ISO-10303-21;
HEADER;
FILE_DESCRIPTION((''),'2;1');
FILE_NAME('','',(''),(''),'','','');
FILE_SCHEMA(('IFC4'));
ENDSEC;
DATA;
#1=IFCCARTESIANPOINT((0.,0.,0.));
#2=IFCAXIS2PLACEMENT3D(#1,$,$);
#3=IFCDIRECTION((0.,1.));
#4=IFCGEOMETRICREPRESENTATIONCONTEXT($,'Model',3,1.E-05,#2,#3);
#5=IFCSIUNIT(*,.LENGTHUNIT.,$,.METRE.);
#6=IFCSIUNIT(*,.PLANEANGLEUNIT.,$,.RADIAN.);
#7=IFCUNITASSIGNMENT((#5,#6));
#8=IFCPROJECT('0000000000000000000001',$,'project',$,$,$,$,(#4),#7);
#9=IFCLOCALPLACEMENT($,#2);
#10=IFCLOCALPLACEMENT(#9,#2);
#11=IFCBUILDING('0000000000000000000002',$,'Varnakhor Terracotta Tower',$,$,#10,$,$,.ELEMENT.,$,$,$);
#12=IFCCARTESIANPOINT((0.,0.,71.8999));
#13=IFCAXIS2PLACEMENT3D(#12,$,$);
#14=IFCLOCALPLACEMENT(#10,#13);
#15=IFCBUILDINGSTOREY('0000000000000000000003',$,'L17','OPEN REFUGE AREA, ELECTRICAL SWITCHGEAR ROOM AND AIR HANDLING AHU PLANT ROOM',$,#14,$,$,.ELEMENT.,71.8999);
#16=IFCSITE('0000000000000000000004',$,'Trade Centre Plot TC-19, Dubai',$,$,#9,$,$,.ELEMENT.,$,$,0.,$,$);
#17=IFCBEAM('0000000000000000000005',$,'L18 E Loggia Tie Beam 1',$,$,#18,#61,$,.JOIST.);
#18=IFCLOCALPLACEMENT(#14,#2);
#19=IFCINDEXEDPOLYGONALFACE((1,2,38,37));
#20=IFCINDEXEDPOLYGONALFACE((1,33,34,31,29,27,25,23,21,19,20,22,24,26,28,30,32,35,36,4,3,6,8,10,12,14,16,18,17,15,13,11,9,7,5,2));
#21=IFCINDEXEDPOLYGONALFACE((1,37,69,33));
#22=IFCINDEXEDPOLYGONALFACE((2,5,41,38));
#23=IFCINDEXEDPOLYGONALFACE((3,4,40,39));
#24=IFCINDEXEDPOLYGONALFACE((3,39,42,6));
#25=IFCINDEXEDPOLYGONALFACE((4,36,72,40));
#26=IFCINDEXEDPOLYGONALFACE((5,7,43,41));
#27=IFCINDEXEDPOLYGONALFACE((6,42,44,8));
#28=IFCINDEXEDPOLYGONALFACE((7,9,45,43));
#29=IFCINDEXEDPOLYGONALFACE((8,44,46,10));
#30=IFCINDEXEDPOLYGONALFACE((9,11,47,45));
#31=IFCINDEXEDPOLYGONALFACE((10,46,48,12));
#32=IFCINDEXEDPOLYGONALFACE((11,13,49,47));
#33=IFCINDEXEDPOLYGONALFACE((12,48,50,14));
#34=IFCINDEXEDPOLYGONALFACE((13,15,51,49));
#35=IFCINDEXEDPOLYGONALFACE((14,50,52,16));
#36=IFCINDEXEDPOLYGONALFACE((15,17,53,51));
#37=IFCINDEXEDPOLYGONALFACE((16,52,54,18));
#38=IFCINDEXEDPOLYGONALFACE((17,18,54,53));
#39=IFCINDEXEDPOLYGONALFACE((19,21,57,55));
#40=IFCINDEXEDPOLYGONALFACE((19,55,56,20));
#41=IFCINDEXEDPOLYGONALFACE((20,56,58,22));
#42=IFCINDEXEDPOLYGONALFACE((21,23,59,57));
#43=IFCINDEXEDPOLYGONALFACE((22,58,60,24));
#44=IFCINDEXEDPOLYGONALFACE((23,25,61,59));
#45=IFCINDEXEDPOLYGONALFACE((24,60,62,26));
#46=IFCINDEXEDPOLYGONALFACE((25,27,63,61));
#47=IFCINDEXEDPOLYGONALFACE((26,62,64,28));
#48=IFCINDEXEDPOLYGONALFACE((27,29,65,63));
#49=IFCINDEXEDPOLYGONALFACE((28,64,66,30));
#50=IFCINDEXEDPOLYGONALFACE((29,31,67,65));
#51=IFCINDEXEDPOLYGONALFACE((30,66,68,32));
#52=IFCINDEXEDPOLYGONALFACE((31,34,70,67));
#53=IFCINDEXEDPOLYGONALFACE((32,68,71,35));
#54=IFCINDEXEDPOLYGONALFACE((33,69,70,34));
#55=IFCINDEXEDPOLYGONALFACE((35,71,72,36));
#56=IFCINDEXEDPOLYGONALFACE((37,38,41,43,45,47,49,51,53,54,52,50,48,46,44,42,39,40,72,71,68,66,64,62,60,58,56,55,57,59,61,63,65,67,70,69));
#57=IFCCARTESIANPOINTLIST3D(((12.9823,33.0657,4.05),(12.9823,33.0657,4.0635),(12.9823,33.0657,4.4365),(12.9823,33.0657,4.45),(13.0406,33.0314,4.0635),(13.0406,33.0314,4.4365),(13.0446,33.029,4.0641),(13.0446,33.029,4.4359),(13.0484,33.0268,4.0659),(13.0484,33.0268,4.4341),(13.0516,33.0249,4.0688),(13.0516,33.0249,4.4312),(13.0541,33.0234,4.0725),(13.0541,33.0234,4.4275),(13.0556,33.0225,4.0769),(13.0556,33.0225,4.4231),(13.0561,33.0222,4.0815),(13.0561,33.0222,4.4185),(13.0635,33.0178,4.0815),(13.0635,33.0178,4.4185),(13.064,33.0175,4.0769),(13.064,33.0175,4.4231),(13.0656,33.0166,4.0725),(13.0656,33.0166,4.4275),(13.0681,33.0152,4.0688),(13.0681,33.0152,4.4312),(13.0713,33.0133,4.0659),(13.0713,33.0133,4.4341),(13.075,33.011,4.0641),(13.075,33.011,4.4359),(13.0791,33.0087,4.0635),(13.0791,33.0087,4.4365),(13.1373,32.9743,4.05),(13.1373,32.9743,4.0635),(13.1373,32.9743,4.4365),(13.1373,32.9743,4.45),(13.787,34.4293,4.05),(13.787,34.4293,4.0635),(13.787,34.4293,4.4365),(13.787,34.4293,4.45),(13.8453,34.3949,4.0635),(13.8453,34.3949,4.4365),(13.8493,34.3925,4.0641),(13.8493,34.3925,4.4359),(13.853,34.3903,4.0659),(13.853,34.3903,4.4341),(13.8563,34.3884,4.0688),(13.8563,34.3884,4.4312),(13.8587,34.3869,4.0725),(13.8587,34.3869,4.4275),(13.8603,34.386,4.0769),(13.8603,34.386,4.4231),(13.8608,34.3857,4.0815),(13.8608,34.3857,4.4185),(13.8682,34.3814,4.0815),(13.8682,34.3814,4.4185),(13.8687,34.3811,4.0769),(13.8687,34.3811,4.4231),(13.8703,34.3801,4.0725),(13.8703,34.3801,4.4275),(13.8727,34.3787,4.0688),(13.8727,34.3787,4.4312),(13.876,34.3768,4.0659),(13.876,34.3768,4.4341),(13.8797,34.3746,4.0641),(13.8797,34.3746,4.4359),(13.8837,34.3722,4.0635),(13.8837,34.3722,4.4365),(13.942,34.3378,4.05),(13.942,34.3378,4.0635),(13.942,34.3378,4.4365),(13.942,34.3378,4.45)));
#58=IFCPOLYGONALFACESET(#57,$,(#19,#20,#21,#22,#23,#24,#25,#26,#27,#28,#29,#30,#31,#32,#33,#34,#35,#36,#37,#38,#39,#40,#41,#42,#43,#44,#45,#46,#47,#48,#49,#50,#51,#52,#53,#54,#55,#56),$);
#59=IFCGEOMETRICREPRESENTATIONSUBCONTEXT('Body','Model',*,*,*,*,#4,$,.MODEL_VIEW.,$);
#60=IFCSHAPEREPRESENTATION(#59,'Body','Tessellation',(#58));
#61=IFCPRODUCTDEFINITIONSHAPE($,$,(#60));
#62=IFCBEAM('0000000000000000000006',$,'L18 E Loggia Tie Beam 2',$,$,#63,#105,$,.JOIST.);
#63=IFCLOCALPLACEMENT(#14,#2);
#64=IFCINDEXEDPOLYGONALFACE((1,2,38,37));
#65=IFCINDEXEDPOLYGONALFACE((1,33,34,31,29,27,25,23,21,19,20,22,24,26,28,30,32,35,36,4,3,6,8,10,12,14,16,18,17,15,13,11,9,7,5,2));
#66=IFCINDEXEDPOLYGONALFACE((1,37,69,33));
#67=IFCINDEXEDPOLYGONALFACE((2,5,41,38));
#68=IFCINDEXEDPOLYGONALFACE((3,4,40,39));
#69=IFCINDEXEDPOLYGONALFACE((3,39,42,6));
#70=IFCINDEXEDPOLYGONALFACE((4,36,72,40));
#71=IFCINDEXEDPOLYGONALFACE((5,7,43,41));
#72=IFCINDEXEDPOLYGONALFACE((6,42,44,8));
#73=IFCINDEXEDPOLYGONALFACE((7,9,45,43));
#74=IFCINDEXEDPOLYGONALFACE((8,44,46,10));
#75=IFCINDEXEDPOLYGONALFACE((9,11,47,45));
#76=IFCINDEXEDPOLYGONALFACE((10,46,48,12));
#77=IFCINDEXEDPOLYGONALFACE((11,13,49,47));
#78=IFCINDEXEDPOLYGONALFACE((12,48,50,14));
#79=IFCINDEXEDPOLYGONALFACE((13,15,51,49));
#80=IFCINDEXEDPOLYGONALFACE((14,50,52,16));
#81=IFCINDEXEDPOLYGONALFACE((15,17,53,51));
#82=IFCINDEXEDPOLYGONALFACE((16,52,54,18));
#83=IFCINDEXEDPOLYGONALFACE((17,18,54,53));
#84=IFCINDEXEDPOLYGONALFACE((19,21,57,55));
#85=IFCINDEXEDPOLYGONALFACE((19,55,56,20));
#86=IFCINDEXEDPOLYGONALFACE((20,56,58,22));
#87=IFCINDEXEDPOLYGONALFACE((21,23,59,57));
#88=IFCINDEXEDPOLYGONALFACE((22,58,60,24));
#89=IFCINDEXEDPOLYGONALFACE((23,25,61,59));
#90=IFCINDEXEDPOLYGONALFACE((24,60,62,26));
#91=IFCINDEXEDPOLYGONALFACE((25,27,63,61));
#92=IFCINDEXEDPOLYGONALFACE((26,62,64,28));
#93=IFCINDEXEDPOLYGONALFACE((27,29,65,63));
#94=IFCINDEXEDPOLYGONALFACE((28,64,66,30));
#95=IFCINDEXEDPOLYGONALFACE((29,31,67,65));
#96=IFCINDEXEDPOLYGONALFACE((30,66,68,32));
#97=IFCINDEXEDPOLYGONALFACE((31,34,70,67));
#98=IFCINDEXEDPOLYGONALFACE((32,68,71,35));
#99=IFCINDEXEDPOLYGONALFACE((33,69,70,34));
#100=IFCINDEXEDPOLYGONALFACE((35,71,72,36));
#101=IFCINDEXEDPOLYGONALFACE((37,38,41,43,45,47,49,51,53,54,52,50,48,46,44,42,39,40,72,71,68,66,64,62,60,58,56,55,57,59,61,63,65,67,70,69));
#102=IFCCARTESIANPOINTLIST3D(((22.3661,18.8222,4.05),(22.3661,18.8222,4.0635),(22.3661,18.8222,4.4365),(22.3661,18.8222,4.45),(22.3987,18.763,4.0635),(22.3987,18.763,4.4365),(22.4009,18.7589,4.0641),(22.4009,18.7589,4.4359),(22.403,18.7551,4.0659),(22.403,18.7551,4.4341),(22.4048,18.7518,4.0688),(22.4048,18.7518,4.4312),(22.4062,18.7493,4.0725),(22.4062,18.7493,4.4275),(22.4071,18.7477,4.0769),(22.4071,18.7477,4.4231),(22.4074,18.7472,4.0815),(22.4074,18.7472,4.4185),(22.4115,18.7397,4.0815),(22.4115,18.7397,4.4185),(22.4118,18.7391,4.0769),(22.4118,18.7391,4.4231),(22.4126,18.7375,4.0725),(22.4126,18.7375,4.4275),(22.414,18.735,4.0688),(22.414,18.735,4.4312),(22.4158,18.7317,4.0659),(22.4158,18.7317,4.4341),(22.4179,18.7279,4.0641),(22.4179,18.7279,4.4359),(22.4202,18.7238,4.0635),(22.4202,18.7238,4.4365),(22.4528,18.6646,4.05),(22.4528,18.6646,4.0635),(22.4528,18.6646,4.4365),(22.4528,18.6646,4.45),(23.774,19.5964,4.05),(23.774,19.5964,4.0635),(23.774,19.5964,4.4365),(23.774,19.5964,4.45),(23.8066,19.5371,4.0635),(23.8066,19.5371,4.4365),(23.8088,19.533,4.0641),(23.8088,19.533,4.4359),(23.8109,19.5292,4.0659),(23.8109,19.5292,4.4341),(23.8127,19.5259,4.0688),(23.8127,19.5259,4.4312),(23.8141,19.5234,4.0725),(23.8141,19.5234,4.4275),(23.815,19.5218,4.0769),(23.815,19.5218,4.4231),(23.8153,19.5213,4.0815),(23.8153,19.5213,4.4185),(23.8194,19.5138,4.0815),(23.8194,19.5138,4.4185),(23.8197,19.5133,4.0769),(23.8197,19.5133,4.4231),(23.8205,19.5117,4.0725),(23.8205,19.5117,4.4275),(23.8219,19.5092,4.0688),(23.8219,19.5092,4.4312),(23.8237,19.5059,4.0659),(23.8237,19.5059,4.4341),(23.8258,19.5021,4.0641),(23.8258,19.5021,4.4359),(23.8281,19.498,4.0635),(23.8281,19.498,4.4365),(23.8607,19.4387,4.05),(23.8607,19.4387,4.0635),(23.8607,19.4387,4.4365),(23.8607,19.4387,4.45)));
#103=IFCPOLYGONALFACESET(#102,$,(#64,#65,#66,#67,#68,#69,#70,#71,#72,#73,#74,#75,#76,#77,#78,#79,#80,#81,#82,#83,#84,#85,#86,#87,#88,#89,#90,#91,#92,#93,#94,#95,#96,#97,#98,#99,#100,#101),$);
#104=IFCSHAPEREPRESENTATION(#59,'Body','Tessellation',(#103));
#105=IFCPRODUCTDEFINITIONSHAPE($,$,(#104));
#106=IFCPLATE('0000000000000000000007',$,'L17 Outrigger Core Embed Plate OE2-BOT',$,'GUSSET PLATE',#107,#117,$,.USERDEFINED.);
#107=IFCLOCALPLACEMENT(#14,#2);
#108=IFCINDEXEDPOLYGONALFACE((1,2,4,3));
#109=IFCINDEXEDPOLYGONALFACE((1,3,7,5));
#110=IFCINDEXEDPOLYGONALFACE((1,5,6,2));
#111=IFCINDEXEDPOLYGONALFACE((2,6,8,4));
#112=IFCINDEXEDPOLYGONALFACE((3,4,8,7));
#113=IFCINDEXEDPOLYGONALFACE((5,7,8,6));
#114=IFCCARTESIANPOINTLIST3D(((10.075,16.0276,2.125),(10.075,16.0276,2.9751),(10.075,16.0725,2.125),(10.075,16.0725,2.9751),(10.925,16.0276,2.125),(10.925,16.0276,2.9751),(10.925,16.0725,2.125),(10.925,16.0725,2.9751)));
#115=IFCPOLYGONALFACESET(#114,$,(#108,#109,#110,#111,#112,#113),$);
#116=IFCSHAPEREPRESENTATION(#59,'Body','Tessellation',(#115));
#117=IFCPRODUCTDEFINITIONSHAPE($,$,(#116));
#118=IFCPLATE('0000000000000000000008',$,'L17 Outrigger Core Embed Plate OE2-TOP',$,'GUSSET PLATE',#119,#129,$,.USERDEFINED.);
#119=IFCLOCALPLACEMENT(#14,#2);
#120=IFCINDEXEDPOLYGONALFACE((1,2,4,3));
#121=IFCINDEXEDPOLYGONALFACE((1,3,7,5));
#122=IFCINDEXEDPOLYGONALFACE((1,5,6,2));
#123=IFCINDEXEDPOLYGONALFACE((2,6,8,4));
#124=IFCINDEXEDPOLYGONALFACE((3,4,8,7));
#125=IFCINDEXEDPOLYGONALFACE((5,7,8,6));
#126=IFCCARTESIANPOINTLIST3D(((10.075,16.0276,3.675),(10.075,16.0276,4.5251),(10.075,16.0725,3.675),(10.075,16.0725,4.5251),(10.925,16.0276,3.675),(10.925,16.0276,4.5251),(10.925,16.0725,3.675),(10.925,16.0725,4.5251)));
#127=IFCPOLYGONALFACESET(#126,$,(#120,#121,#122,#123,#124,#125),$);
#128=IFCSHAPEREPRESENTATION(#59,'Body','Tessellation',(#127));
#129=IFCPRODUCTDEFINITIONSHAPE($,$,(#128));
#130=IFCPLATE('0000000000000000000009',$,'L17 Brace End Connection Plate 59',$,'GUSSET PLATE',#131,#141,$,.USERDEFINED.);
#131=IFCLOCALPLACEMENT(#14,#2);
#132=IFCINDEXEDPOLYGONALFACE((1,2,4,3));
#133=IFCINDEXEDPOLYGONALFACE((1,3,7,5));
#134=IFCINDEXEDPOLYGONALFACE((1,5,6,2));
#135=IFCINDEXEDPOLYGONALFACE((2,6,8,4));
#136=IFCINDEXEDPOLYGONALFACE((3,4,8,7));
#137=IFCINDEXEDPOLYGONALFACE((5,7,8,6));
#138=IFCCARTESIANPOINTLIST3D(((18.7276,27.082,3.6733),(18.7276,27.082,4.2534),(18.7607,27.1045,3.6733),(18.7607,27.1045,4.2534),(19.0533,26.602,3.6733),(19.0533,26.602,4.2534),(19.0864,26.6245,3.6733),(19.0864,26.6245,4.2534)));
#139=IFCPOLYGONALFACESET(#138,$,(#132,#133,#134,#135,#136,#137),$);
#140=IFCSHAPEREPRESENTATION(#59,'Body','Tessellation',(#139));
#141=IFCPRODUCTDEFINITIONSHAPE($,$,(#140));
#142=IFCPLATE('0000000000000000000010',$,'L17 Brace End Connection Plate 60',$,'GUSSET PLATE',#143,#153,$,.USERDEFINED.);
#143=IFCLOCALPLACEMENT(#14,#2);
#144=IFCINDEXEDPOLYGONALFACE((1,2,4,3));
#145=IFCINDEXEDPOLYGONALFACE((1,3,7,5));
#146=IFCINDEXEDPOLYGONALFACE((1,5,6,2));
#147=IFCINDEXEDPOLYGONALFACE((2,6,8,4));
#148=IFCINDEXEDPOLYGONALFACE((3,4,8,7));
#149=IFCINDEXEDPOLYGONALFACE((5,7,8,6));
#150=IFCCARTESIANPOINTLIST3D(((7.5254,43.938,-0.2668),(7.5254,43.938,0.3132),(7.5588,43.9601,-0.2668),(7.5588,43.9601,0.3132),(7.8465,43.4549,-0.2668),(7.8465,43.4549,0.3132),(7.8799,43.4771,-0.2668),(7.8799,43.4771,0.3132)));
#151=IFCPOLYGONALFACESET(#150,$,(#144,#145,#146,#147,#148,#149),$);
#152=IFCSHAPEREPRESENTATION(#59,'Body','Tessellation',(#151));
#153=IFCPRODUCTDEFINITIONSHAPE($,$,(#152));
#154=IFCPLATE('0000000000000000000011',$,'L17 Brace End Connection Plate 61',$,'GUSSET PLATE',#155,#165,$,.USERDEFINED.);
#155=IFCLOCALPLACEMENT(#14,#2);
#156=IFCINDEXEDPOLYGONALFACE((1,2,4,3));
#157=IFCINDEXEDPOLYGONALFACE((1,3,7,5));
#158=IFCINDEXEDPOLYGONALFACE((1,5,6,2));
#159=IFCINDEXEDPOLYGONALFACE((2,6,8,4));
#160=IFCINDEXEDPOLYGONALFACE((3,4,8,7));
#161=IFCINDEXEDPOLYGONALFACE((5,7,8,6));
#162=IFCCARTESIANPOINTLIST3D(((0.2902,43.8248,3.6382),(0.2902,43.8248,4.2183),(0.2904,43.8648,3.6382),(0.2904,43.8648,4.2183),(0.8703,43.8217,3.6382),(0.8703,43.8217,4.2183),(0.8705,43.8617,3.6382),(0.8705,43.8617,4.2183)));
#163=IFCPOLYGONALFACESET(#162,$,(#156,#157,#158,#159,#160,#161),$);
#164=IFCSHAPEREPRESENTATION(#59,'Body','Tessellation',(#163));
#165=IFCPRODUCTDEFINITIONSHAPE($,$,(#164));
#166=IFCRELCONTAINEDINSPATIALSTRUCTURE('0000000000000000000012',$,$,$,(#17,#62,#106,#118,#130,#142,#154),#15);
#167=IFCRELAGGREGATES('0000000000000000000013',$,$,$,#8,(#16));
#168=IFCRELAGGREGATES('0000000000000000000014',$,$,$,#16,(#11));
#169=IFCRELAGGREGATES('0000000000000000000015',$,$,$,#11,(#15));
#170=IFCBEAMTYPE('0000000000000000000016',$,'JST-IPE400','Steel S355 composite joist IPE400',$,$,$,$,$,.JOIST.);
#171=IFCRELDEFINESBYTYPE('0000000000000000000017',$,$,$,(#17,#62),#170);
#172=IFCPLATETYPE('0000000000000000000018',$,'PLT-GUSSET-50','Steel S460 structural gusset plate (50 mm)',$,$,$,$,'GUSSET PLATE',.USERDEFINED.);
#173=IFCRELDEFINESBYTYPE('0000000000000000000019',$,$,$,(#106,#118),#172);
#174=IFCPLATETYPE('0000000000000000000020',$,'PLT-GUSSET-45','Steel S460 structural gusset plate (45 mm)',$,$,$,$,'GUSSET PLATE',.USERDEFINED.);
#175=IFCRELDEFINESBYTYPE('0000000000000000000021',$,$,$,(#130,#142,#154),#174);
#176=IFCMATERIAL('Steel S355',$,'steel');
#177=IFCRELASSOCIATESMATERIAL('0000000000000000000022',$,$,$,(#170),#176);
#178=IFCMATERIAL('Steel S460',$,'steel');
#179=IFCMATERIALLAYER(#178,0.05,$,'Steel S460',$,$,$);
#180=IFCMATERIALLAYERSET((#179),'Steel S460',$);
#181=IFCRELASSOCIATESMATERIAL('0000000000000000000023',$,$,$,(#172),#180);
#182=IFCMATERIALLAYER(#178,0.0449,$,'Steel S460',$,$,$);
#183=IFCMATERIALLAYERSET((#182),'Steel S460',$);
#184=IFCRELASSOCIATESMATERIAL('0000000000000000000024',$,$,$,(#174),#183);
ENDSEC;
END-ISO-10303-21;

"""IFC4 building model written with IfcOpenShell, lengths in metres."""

from ifc_helpers import new_model, si_unit, direction, frame, origin, origin_2d, place, context, subcontext, project, spatial, rectangle, i_section, extrude, source, transform, mapped, material, layer, layer_set, material_profile, profile_set, type_object, element, save


model = new_model("IFC4")

# Units and contexts
model_context = context("Model", 3, precision=1e-05, world=origin(), true_north=direction((0.0, 1.0)))
body_context = subcontext(model_context, "Body", "Model", "MODEL_VIEW")
ifc_project = project(units=[si_unit("LENGTHUNIT", "METRE"), si_unit("PLANEANGLEUNIT", "RADIAN")], contexts=[model_context])

# Site, building, storey
site_placement = place(None, origin())
site = spatial("IfcSite", under=ifc_project, at=site_placement, Name="Trade Centre Plot TC-19, Dubai", CompositionType="ELEMENT", RefElevation=0.0)
building_placement = place(site_placement, origin())
building = spatial("IfcBuilding", under=site, at=building_placement, Name="Varnakhor Terracotta Tower", CompositionType="ELEMENT")
storey_placement = place(building_placement, frame((0.0, 0.0, 71.8999)))
storey = spatial("IfcBuildingStorey", under=building, at=storey_placement, Name="L17", Description="OPEN REFUGE AREA, ELECTRICAL SWITCHGEAR ROOM AND AIR HANDLING AHU PLANT ROOM", CompositionType="ELEMENT", Elevation=71.8999)

# Shared definitions
ifc_material_1 = material(Name="Steel S460", Category="steel")

# Shared definitions
ifc_material_2 = material(Name="Steel S355", Category="steel")
ifc_material_profile_1 = material_profile(ifc_material_2, i_section(OverallWidth=0.1799, OverallDepth=0.3999, WebThickness=0.0085, FlangeThickness=0.0134, FilletRadius=0.0181, at=origin_2d()), Name="IPE400")
ifc_profile_set_1 = profile_set([ifc_material_profile_1], Name="Steel S355")
beam_type_1 = type_object("IfcBeamType", Name="JST-IPE400", Description="Steel S355 composite joist IPE400", PredefinedType="JOIST", material=ifc_profile_set_1)

# Beams
shared_shape_1 = source(origin(), body_context, "Body", "SweptSolid", [
    extrude(i_section(OverallWidth=0.1799, OverallDepth=0.3999, WebThickness=0.0085, FlangeThickness=0.0134, FilletRadius=0.0181, at=origin_2d()), origin(), (0.0, 0.0, 1.0), 1.5833),
])
beam_1_placement = place(storey_placement, frame((13.0598, 33.02, 4.25), z_axis=(0.508246, 0.861212, 0.0), x_axis=(-0.861212, 0.508246, 0.0)))
element("IfcBeam", 1, at=beam_1_placement, inside=storey, type_object=beam_type_1, Name="L18 E Loggia Tie Beam 1", PredefinedType="JOIST", context=body_context, shape_type="MappedRepresentation", body=[
    mapped(shared_shape_1, transform((0.0, 0.0, 0.0), scale=1.0)),
])
shared_shape_2 = source(origin(), body_context, "Body", "SweptSolid", [
    extrude(i_section(OverallWidth=0.1799, OverallDepth=0.3999, WebThickness=0.0085, FlangeThickness=0.0134, FilletRadius=0.0181, at=origin_2d()), origin(), (0.0, 0.0, 1.0), 1.6067),
])
beam_2_placement = place(storey_placement, frame((22.4094, 18.7434, 4.25), z_axis=(0.87627, 0.48182, 0.0), x_axis=(-0.48182, 0.87627, 0.0)))
element("IfcBeam", 2, at=beam_2_placement, inside=storey, type_object=beam_type_1, Name="L18 E Loggia Tie Beam 2", PredefinedType="JOIST", context=body_context, shape_type="MappedRepresentation", body=[
    mapped(shared_shape_2, transform((0.0, 0.0, 0.0), scale=1.0)),
])

# Plates
ifc_layer_1 = layer(ifc_material_1, 0.05, Name="Steel S460")
ifc_layer_set_1 = layer_set([ifc_layer_1], Name="Steel S460")
plate_type_1 = type_object("IfcPlateType", Name="PLT-GUSSET-50", Description="Steel S460 structural gusset plate (50 mm)", ElementType="GUSSET PLATE", PredefinedType="USERDEFINED", material=ifc_layer_set_1)
shared_shape_3 = source(origin(), body_context, "Body", "SweptSolid", [
    extrude(rectangle(XDim=0.8501, YDim=0.0449, at=origin_2d()), origin(), (0.0, 0.0, 1.0), 0.8501),
])
for number, where, z_axis, x_axis, name in (
    (3, (10.5, 16.05, 2.125), (0.0, 0.0, 1.0), (1.0, 0.0, 0.0), "L17 Outrigger Core Embed Plate OE2-BOT"),
    (4, (10.5, 16.05, 3.675), (0.0, 0.0, 1.0), (1.0, 0.0, 0.0), "L17 Outrigger Core Embed Plate OE2-TOP"),
):
    element("IfcPlate", number, at=place(storey_placement, frame(where, z_axis=z_axis, x_axis=x_axis)), inside=storey, type_object=plate_type_1, Name=name, ObjectType="GUSSET PLATE", PredefinedType="USERDEFINED", context=body_context, shape_type="MappedRepresentation", body=[
        mapped(shared_shape_3, transform((0.0, 0.0, 0.0), scale=1.0)),
    ])
ifc_layer_2 = layer(ifc_material_1, 0.0449, Name="Steel S460")
ifc_layer_set_2 = layer_set([ifc_layer_2], Name="Steel S460")
plate_type_2 = type_object("IfcPlateType", Name="PLT-GUSSET-45", Description="Steel S460 structural gusset plate (45 mm)", ElementType="GUSSET PLATE", PredefinedType="USERDEFINED", material=ifc_layer_set_2)
shared_shape_4 = source(origin(), body_context, "Body", "SweptSolid", [
    extrude(rectangle(XDim=0.5801, YDim=0.04, at=origin_2d()), origin(), (0.0, 0.0, 1.0), 0.5801),
])
for number, where, z_axis, x_axis, name in (
    (5, (18.907, 26.8533, 3.6733), (0.0, 0.0, 1.0), (-0.56152, 0.827463, 0.0), "L17 Brace End Connection Plate 59"),
    (6, (7.7026, 43.7075, -0.2668), (0.0, 0.0, 1.0), (0.553566, -0.832805, 0.0), "L17 Brace End Connection Plate 60"),
    (7, (0.5803, 43.8433, 3.6382), (0.0, 0.0, 1.0), (-0.999986, 0.005341, 0.0), "L17 Brace End Connection Plate 61"),
):
    element("IfcPlate", number, at=place(storey_placement, frame(where, z_axis=z_axis, x_axis=x_axis)), inside=storey, type_object=plate_type_2, Name=name, ObjectType="GUSSET PLATE", PredefinedType="USERDEFINED", context=body_context, shape_type="MappedRepresentation", body=[
        mapped(shared_shape_4, transform((0.0, 0.0, 0.0), scale=1.0)),
    ])

save(model, "model.ifc")
